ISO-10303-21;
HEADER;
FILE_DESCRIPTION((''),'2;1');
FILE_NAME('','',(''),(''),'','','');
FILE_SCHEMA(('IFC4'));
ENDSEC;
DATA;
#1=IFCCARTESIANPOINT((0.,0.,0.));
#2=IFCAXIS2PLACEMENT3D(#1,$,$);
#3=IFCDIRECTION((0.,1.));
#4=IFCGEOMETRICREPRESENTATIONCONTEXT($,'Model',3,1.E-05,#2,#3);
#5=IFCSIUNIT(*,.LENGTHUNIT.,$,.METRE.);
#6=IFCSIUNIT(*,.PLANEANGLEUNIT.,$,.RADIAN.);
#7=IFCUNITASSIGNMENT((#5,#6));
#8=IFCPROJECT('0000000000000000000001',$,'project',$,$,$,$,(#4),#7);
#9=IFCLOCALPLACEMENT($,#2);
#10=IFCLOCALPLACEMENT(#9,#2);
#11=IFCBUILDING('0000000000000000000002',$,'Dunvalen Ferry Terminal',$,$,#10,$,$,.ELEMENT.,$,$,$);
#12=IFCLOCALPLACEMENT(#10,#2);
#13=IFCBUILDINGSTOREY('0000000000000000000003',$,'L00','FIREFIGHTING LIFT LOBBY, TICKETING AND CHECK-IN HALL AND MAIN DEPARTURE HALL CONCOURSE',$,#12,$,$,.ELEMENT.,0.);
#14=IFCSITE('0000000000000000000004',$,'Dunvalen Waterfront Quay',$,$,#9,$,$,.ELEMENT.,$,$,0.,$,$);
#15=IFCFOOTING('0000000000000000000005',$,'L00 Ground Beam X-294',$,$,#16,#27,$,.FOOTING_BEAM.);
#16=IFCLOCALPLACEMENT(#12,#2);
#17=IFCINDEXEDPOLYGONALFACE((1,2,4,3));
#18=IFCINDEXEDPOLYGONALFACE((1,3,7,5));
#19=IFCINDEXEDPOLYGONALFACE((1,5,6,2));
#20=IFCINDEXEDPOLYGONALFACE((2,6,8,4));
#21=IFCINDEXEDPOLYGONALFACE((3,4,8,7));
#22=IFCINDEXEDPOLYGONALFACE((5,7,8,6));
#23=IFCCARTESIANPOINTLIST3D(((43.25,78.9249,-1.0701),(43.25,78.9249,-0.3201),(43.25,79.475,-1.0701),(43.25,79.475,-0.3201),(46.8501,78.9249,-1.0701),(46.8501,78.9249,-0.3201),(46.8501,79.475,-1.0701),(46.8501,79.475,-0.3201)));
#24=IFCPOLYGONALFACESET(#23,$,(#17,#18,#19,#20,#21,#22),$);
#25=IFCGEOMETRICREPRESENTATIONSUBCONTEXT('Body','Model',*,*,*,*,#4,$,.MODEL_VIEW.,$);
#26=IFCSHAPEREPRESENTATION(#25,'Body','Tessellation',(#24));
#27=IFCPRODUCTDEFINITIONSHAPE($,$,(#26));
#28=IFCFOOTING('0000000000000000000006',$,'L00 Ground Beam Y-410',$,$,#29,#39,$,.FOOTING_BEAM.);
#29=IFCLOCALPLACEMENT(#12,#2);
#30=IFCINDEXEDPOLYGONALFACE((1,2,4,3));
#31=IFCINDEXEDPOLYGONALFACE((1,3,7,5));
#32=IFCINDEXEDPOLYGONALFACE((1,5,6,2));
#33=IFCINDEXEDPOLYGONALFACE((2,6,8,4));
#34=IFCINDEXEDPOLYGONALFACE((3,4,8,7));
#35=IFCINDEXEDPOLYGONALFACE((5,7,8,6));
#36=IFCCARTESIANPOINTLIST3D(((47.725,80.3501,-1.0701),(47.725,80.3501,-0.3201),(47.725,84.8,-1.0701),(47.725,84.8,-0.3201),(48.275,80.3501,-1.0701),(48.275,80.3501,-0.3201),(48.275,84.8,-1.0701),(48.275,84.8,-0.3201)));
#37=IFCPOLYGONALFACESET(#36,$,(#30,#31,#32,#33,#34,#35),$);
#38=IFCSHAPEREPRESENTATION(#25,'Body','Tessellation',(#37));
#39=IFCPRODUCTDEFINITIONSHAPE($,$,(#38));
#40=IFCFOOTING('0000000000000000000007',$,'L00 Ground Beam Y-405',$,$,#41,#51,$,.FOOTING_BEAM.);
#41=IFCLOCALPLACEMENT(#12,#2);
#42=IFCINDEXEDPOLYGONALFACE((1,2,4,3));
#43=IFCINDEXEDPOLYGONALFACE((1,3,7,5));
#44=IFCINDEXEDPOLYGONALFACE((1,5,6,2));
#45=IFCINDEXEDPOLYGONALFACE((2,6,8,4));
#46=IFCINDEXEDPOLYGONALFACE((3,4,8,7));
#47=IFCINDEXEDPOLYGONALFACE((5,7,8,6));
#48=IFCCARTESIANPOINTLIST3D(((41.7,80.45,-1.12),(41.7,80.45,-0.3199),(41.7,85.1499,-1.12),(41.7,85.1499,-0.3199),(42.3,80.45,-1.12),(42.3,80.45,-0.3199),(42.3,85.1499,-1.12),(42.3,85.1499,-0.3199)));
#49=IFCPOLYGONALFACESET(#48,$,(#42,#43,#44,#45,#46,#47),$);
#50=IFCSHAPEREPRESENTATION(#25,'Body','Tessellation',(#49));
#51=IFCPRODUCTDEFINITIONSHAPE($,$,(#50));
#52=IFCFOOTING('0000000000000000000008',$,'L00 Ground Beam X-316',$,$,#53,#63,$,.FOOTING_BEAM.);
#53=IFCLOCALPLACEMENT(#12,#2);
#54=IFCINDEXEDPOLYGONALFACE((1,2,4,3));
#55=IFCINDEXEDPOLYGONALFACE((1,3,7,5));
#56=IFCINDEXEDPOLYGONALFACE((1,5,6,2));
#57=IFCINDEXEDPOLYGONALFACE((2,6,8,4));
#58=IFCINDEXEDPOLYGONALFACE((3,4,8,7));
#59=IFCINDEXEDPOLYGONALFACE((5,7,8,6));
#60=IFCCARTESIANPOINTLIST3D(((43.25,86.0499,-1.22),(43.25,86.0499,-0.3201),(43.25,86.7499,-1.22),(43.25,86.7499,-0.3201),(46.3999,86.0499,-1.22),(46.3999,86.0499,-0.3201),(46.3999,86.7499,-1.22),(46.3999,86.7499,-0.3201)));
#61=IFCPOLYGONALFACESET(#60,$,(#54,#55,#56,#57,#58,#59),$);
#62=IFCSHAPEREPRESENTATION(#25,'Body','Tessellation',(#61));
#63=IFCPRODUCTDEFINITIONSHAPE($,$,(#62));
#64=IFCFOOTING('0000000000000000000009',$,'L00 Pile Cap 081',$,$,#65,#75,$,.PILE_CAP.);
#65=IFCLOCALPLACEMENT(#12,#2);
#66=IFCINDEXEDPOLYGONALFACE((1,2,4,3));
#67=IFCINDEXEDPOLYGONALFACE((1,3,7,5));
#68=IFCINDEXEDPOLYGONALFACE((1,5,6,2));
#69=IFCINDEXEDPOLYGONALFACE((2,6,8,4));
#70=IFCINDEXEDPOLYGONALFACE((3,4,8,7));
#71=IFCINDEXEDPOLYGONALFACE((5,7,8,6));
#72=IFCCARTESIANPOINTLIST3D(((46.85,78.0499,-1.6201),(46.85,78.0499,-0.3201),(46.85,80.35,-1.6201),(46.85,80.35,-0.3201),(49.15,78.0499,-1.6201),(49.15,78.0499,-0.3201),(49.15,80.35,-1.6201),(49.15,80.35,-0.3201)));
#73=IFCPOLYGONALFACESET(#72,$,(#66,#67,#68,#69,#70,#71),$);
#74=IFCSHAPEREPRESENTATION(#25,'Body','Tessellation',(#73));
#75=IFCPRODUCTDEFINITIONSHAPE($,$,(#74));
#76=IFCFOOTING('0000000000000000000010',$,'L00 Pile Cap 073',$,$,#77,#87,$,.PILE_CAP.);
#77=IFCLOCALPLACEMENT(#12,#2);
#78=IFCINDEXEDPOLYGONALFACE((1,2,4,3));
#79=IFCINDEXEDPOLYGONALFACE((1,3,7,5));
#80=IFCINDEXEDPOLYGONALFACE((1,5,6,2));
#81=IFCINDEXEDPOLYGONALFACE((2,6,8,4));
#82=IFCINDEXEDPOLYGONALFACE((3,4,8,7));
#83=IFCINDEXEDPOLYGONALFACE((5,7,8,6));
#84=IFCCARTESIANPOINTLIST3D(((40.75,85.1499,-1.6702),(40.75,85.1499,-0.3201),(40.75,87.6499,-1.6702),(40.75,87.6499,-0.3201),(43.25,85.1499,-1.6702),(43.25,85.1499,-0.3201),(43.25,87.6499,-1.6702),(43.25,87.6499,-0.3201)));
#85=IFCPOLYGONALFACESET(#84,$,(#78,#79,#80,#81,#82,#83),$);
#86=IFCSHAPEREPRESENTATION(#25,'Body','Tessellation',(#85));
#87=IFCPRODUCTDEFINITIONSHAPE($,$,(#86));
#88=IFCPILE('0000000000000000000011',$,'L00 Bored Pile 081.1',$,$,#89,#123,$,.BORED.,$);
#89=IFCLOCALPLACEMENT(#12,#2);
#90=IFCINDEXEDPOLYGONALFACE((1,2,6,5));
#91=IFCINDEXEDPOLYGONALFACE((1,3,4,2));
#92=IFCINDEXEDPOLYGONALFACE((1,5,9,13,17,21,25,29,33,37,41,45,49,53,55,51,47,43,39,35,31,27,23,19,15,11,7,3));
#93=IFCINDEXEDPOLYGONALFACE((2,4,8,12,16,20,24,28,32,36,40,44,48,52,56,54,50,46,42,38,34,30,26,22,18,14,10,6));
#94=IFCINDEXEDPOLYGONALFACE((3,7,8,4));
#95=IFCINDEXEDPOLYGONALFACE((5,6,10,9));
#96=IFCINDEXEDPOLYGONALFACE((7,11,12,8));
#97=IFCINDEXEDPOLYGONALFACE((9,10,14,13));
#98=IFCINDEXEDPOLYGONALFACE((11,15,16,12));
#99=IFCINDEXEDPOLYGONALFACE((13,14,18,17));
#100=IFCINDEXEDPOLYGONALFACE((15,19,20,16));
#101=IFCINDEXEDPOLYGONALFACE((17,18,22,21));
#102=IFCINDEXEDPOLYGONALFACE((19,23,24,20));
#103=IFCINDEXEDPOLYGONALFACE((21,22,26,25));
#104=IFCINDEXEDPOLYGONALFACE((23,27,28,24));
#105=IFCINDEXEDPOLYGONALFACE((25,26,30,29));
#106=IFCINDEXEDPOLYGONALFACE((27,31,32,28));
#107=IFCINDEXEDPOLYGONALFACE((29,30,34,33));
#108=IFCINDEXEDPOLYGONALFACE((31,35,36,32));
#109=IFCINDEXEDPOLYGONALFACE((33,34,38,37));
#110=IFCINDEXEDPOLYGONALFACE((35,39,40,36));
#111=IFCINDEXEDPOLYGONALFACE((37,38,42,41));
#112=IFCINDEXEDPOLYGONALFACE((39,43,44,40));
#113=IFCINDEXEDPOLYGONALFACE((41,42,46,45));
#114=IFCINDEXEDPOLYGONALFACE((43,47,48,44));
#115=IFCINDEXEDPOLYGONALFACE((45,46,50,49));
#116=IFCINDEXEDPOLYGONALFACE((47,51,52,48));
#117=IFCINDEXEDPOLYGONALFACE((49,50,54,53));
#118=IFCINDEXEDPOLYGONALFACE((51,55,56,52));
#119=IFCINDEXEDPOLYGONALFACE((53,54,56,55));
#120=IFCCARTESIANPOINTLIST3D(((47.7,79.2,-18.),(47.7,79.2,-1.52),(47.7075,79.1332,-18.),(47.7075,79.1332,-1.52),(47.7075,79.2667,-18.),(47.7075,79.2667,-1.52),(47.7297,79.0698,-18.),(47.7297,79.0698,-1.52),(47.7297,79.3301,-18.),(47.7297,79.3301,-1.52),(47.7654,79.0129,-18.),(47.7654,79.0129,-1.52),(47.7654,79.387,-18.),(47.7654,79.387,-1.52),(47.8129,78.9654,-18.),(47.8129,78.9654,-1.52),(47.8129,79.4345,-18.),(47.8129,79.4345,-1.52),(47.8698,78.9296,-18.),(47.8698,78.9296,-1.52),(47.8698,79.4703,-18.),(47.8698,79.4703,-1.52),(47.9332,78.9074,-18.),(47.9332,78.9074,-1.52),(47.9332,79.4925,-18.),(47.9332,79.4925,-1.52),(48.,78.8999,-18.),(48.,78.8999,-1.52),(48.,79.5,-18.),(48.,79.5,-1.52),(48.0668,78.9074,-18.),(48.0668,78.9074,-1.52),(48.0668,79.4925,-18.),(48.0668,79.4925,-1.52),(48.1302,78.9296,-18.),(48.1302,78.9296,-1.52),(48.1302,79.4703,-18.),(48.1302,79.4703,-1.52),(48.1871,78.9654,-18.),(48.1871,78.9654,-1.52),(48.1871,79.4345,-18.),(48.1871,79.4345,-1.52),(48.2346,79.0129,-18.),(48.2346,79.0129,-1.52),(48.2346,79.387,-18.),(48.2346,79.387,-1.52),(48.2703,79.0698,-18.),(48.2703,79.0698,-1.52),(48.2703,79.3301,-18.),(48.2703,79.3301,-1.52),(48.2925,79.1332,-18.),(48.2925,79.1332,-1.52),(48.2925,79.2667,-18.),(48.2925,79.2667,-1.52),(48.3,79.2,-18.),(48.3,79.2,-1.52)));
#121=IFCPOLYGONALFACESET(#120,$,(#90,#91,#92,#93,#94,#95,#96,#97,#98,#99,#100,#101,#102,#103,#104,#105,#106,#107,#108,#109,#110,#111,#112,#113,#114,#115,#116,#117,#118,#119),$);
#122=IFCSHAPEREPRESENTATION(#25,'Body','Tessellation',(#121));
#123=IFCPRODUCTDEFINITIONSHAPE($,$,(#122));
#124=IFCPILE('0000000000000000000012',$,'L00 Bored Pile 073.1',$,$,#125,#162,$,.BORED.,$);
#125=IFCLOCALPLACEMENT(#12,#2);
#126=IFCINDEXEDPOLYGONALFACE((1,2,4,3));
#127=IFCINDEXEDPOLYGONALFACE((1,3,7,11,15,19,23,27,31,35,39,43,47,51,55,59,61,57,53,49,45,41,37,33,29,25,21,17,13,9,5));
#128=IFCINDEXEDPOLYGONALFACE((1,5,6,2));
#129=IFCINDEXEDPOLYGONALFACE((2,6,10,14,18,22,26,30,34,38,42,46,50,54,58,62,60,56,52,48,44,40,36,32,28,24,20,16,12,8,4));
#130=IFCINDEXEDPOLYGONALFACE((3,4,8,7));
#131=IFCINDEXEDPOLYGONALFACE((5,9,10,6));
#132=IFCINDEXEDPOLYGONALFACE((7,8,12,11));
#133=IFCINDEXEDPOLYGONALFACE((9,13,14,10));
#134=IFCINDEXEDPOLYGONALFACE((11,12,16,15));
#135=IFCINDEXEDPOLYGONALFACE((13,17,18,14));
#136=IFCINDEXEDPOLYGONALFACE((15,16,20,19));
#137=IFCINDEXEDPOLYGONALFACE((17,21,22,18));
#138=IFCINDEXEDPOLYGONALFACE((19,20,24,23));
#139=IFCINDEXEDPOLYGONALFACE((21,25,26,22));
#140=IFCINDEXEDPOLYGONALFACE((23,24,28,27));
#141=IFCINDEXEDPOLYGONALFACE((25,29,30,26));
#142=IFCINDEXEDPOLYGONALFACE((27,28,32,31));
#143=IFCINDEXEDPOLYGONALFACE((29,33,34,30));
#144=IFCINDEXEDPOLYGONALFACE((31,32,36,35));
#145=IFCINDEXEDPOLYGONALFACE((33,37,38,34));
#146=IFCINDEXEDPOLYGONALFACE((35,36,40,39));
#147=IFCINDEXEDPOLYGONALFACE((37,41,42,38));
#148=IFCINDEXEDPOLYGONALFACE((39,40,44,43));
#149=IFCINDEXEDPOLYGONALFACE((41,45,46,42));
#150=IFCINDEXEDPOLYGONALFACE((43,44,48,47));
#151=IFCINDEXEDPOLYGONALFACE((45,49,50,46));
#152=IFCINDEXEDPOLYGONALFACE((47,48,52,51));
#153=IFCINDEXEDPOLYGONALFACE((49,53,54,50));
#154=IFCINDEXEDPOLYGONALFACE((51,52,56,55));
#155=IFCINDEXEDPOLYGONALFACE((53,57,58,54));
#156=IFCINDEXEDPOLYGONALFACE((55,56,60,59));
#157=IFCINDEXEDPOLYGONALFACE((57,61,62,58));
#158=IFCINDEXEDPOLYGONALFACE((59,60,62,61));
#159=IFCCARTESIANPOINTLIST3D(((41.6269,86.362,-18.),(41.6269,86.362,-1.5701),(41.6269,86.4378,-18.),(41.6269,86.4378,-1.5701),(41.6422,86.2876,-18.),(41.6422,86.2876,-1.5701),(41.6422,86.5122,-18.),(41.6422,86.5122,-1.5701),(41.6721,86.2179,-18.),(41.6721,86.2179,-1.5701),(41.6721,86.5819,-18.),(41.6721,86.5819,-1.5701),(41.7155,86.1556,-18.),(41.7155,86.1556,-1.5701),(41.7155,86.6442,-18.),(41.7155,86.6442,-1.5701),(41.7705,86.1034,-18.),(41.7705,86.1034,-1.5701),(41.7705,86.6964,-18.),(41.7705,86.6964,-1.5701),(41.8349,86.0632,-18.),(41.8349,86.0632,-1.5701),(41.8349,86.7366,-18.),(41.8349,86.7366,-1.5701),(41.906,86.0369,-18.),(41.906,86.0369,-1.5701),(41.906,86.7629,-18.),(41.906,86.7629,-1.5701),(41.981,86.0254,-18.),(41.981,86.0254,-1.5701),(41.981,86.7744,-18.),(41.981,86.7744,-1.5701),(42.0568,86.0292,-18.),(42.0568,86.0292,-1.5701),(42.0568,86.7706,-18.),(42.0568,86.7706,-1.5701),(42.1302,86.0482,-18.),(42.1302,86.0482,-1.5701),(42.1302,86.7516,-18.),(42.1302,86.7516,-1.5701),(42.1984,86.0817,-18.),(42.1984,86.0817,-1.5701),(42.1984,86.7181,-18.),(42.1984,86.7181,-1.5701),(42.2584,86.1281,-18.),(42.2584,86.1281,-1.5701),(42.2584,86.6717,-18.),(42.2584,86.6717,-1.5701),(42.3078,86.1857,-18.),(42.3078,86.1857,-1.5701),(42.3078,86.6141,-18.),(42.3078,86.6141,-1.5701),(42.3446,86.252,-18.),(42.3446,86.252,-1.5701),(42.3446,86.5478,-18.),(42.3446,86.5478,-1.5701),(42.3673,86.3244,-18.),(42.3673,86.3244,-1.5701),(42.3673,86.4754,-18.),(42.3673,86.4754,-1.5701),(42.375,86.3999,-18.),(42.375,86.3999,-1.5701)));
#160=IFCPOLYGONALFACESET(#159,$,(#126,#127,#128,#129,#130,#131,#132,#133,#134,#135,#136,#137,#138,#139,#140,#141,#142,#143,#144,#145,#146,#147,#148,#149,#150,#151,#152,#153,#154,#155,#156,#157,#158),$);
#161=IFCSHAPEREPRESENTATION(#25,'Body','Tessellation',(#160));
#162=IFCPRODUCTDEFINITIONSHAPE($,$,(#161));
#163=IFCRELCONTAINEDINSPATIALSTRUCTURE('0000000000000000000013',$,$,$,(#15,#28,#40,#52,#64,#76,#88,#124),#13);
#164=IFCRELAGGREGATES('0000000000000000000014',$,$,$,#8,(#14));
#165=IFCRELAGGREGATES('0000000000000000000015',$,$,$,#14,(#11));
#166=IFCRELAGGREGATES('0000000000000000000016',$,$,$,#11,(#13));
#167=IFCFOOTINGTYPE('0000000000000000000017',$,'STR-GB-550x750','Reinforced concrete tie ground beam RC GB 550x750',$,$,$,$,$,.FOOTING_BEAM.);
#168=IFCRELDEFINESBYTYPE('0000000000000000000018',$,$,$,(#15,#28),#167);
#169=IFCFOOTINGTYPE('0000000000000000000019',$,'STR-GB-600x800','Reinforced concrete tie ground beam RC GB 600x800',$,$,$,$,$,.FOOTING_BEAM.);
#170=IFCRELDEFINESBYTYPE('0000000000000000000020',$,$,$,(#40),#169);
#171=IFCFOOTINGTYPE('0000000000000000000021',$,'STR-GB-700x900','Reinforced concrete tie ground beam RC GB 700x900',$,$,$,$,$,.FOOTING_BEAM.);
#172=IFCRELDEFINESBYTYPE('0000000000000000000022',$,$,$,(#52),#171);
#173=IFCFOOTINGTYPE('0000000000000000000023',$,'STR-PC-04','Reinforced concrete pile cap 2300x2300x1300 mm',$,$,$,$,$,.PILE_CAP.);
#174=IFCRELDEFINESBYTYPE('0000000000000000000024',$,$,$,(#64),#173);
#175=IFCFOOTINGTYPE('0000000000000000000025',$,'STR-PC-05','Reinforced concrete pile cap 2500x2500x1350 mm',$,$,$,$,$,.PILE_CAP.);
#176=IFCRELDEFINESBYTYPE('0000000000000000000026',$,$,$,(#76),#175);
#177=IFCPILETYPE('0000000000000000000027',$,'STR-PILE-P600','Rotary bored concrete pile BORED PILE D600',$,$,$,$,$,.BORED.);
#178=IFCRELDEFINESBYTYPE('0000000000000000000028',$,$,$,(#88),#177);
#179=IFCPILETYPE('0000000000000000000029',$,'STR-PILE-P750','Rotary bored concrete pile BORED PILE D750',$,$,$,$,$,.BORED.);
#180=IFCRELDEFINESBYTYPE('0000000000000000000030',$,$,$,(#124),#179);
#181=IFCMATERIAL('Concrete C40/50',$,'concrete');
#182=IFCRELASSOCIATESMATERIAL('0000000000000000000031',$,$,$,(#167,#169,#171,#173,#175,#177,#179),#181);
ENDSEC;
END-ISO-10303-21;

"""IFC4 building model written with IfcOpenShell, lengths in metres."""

from ifc_helpers import new_model, si_unit, direction, frame, origin, origin_2d, place, context, subcontext, project, spatial, rectangle, circle, extrude, material, material_profile, profile_set, type_object, element, save


model = new_model("IFC4")

# Units and contexts
model_context = context("Model", 3, precision=1e-05, world=origin(), true_north=direction((0.0, 1.0)))
body_context = subcontext(model_context, "Body", "Model", "MODEL_VIEW")
ifc_project = project(units=[si_unit("LENGTHUNIT", "METRE"), si_unit("PLANEANGLEUNIT", "RADIAN")], contexts=[model_context])

# Site, building, storey
site_placement = place(None, origin())
site = spatial("IfcSite", under=ifc_project, at=site_placement, Name="Dunvalen Waterfront Quay", CompositionType="ELEMENT", RefElevation=0.0)
building_placement = place(site_placement, origin())
building = spatial("IfcBuilding", under=site, at=building_placement, Name="Dunvalen Ferry Terminal", CompositionType="ELEMENT")
storey_placement = place(building_placement, origin())
storey = spatial("IfcBuildingStorey", under=building, at=storey_placement, Name="L00", Description="FIREFIGHTING LIFT LOBBY, TICKETING AND CHECK-IN HALL AND MAIN DEPARTURE HALL CONCOURSE", CompositionType="ELEMENT", Elevation=0.0)

# Footings
ifc_material_1 = material(Name="Concrete C40/50", Category="concrete")
ifc_material_profile_1 = material_profile(ifc_material_1, rectangle(XDim=0.55, YDim=0.75, at=origin_2d()), Name="Concrete C40/50")
ifc_profile_set_1 = profile_set([ifc_material_profile_1], Name="Concrete C40/50")
footing_type_1 = type_object("IfcFootingType", Name="STR-GB-550x750", Description="Reinforced concrete tie ground beam RC GB 550x750", PredefinedType="FOOTING_BEAM", material=ifc_profile_set_1)
footing_1_placement = place(storey_placement, frame((43.25, 79.2, -0.6951), z_axis=(1.0, 0.0, 0.0), x_axis=(0.0, 1.0, 0.0)))
element("IfcFooting", 1, at=footing_1_placement, inside=storey, type_object=footing_type_1, Name="L00 Ground Beam X-294", PredefinedType="FOOTING_BEAM", context=body_context, shape_type="SweptSolid", body=[
    extrude(rectangle(XDim=0.55, YDim=0.75, at=origin_2d()), origin(), (0.0, 0.0, 1.0), 3.6001),
])
footing_2_placement = place(storey_placement, frame((48.0, 80.3501, -0.6951), z_axis=(0.0, 1.0, 0.0), x_axis=(-1.0, 0.0, 0.0)))
element("IfcFooting", 2, at=footing_2_placement, inside=storey, type_object=footing_type_1, Name="L00 Ground Beam Y-410", PredefinedType="FOOTING_BEAM", context=body_context, shape_type="SweptSolid", body=[
    extrude(rectangle(XDim=0.55, YDim=0.75, at=origin_2d()), origin(), (0.0, 0.0, 1.0), 4.45),
])
ifc_material_profile_2 = material_profile(ifc_material_1, rectangle(XDim=0.6001, YDim=0.8, at=origin_2d()), Name="Concrete C40/50")
ifc_profile_set_2 = profile_set([ifc_material_profile_2], Name="Concrete C40/50")
footing_type_2 = type_object("IfcFootingType", Name="STR-GB-600x800", Description="Reinforced concrete tie ground beam RC GB 600x800", PredefinedType="FOOTING_BEAM", material=ifc_profile_set_2)
footing_3_placement = place(storey_placement, frame((42.0, 80.45, -0.72), z_axis=(0.0, 1.0, 0.0), x_axis=(-1.0, 0.0, 0.0)))
element("IfcFooting", 3, at=footing_3_placement, inside=storey, type_object=footing_type_2, Name="L00 Ground Beam Y-405", PredefinedType="FOOTING_BEAM", context=body_context, shape_type="SweptSolid", body=[
    extrude(rectangle(XDim=0.6001, YDim=0.8, at=origin_2d()), origin(), (0.0, 0.0, 1.0), 4.7),
])
ifc_material_profile_3 = material_profile(ifc_material_1, rectangle(XDim=0.7, YDim=0.8999, at=origin_2d()), Name="Concrete C40/50")
ifc_profile_set_3 = profile_set([ifc_material_profile_3], Name="Concrete C40/50")
footing_type_3 = type_object("IfcFootingType", Name="STR-GB-700x900", Description="Reinforced concrete tie ground beam RC GB 700x900", PredefinedType="FOOTING_BEAM", material=ifc_profile_set_3)
footing_4_placement = place(storey_placement, frame((43.25, 86.3999, -0.77), z_axis=(1.0, 0.0, 0.0), x_axis=(0.0, 1.0, 0.0)))
element("IfcFooting", 4, at=footing_4_placement, inside=storey, type_object=footing_type_3, Name="L00 Ground Beam X-316", PredefinedType="FOOTING_BEAM", context=body_context, shape_type="SweptSolid", body=[
    extrude(rectangle(XDim=0.7, YDim=0.8999, at=origin_2d()), origin(), (0.0, 0.0, 1.0), 3.1499),
])
footing_type_4 = type_object("IfcFootingType", Name="STR-PC-04", Description="Reinforced concrete pile cap 2300x2300x1300 mm", PredefinedType="PILE_CAP", material=ifc_material_1)
footing_5_placement = place(storey_placement, frame((48.0, 79.2, -1.6201), z_axis=(0.0, 0.0, 1.0), x_axis=(1.0, 0.0, 0.0)))
element("IfcFooting", 5, at=footing_5_placement, inside=storey, type_object=footing_type_4, Name="L00 Pile Cap 081", PredefinedType="PILE_CAP", context=body_context, shape_type="SweptSolid", body=[
    extrude(rectangle(XDim=2.3, YDim=2.3, at=origin_2d()), origin(), (0.0, 0.0, 1.0), 1.3),
])
footing_type_5 = type_object("IfcFootingType", Name="STR-PC-05", Description="Reinforced concrete pile cap 2500x2500x1350 mm", PredefinedType="PILE_CAP", material=ifc_material_1)
footing_6_placement = place(storey_placement, frame((42.0, 86.3999, -1.6702), z_axis=(0.0, 0.0, 1.0), x_axis=(1.0, 0.0, 0.0)))
element("IfcFooting", 6, at=footing_6_placement, inside=storey, type_object=footing_type_5, Name="L00 Pile Cap 073", PredefinedType="PILE_CAP", context=body_context, shape_type="SweptSolid", body=[
    extrude(rectangle(XDim=2.5, YDim=2.5, at=origin_2d()), origin(), (0.0, 0.0, 1.0), 1.3501),
])

# Piles
ifc_material_profile_4 = material_profile(ifc_material_1, circle(Radius=0.3, at=origin_2d()), Name="Concrete C40/50")
ifc_profile_set_4 = profile_set([ifc_material_profile_4], Name="Concrete C40/50")
pile_type_1 = type_object("IfcPileType", Name="STR-PILE-P600", Description="Rotary bored concrete pile BORED PILE D600", PredefinedType="BORED", material=ifc_profile_set_4)
pile_1_placement = place(storey_placement, frame((48.0, 79.2, -1.52), z_axis=(0.0, 0.0, -1.0), x_axis=(1.0, 0.0, 0.0)))
element("IfcPile", 7, at=pile_1_placement, inside=storey, type_object=pile_type_1, Name="L00 Bored Pile 081.1", PredefinedType="BORED", context=body_context, shape_type="SweptSolid", body=[
    extrude(circle(Radius=0.3, at=origin_2d()), origin(), (0.0, 0.0, 1.0), 16.48),
])
ifc_material_profile_5 = material_profile(ifc_material_1, circle(Radius=0.375, at=origin_2d()), Name="Concrete C40/50")
ifc_profile_set_5 = profile_set([ifc_material_profile_5], Name="Concrete C40/50")
pile_type_2 = type_object("IfcPileType", Name="STR-PILE-P750", Description="Rotary bored concrete pile BORED PILE D750", PredefinedType="BORED", material=ifc_profile_set_5)
pile_2_placement = place(storey_placement, frame((42.0, 86.3999, -1.5701), z_axis=(0.0, 0.0, -1.0), x_axis=(1.0, 0.0, 0.0)))
element("IfcPile", 8, at=pile_2_placement, inside=storey, type_object=pile_type_2, Name="L00 Bored Pile 073.1", PredefinedType="BORED", context=body_context, shape_type="SweptSolid", body=[
    extrude(circle(Radius=0.375, at=origin_2d()), origin(), (0.0, 0.0, 1.0), 16.4299),
])

save(model, "model.ifc")
